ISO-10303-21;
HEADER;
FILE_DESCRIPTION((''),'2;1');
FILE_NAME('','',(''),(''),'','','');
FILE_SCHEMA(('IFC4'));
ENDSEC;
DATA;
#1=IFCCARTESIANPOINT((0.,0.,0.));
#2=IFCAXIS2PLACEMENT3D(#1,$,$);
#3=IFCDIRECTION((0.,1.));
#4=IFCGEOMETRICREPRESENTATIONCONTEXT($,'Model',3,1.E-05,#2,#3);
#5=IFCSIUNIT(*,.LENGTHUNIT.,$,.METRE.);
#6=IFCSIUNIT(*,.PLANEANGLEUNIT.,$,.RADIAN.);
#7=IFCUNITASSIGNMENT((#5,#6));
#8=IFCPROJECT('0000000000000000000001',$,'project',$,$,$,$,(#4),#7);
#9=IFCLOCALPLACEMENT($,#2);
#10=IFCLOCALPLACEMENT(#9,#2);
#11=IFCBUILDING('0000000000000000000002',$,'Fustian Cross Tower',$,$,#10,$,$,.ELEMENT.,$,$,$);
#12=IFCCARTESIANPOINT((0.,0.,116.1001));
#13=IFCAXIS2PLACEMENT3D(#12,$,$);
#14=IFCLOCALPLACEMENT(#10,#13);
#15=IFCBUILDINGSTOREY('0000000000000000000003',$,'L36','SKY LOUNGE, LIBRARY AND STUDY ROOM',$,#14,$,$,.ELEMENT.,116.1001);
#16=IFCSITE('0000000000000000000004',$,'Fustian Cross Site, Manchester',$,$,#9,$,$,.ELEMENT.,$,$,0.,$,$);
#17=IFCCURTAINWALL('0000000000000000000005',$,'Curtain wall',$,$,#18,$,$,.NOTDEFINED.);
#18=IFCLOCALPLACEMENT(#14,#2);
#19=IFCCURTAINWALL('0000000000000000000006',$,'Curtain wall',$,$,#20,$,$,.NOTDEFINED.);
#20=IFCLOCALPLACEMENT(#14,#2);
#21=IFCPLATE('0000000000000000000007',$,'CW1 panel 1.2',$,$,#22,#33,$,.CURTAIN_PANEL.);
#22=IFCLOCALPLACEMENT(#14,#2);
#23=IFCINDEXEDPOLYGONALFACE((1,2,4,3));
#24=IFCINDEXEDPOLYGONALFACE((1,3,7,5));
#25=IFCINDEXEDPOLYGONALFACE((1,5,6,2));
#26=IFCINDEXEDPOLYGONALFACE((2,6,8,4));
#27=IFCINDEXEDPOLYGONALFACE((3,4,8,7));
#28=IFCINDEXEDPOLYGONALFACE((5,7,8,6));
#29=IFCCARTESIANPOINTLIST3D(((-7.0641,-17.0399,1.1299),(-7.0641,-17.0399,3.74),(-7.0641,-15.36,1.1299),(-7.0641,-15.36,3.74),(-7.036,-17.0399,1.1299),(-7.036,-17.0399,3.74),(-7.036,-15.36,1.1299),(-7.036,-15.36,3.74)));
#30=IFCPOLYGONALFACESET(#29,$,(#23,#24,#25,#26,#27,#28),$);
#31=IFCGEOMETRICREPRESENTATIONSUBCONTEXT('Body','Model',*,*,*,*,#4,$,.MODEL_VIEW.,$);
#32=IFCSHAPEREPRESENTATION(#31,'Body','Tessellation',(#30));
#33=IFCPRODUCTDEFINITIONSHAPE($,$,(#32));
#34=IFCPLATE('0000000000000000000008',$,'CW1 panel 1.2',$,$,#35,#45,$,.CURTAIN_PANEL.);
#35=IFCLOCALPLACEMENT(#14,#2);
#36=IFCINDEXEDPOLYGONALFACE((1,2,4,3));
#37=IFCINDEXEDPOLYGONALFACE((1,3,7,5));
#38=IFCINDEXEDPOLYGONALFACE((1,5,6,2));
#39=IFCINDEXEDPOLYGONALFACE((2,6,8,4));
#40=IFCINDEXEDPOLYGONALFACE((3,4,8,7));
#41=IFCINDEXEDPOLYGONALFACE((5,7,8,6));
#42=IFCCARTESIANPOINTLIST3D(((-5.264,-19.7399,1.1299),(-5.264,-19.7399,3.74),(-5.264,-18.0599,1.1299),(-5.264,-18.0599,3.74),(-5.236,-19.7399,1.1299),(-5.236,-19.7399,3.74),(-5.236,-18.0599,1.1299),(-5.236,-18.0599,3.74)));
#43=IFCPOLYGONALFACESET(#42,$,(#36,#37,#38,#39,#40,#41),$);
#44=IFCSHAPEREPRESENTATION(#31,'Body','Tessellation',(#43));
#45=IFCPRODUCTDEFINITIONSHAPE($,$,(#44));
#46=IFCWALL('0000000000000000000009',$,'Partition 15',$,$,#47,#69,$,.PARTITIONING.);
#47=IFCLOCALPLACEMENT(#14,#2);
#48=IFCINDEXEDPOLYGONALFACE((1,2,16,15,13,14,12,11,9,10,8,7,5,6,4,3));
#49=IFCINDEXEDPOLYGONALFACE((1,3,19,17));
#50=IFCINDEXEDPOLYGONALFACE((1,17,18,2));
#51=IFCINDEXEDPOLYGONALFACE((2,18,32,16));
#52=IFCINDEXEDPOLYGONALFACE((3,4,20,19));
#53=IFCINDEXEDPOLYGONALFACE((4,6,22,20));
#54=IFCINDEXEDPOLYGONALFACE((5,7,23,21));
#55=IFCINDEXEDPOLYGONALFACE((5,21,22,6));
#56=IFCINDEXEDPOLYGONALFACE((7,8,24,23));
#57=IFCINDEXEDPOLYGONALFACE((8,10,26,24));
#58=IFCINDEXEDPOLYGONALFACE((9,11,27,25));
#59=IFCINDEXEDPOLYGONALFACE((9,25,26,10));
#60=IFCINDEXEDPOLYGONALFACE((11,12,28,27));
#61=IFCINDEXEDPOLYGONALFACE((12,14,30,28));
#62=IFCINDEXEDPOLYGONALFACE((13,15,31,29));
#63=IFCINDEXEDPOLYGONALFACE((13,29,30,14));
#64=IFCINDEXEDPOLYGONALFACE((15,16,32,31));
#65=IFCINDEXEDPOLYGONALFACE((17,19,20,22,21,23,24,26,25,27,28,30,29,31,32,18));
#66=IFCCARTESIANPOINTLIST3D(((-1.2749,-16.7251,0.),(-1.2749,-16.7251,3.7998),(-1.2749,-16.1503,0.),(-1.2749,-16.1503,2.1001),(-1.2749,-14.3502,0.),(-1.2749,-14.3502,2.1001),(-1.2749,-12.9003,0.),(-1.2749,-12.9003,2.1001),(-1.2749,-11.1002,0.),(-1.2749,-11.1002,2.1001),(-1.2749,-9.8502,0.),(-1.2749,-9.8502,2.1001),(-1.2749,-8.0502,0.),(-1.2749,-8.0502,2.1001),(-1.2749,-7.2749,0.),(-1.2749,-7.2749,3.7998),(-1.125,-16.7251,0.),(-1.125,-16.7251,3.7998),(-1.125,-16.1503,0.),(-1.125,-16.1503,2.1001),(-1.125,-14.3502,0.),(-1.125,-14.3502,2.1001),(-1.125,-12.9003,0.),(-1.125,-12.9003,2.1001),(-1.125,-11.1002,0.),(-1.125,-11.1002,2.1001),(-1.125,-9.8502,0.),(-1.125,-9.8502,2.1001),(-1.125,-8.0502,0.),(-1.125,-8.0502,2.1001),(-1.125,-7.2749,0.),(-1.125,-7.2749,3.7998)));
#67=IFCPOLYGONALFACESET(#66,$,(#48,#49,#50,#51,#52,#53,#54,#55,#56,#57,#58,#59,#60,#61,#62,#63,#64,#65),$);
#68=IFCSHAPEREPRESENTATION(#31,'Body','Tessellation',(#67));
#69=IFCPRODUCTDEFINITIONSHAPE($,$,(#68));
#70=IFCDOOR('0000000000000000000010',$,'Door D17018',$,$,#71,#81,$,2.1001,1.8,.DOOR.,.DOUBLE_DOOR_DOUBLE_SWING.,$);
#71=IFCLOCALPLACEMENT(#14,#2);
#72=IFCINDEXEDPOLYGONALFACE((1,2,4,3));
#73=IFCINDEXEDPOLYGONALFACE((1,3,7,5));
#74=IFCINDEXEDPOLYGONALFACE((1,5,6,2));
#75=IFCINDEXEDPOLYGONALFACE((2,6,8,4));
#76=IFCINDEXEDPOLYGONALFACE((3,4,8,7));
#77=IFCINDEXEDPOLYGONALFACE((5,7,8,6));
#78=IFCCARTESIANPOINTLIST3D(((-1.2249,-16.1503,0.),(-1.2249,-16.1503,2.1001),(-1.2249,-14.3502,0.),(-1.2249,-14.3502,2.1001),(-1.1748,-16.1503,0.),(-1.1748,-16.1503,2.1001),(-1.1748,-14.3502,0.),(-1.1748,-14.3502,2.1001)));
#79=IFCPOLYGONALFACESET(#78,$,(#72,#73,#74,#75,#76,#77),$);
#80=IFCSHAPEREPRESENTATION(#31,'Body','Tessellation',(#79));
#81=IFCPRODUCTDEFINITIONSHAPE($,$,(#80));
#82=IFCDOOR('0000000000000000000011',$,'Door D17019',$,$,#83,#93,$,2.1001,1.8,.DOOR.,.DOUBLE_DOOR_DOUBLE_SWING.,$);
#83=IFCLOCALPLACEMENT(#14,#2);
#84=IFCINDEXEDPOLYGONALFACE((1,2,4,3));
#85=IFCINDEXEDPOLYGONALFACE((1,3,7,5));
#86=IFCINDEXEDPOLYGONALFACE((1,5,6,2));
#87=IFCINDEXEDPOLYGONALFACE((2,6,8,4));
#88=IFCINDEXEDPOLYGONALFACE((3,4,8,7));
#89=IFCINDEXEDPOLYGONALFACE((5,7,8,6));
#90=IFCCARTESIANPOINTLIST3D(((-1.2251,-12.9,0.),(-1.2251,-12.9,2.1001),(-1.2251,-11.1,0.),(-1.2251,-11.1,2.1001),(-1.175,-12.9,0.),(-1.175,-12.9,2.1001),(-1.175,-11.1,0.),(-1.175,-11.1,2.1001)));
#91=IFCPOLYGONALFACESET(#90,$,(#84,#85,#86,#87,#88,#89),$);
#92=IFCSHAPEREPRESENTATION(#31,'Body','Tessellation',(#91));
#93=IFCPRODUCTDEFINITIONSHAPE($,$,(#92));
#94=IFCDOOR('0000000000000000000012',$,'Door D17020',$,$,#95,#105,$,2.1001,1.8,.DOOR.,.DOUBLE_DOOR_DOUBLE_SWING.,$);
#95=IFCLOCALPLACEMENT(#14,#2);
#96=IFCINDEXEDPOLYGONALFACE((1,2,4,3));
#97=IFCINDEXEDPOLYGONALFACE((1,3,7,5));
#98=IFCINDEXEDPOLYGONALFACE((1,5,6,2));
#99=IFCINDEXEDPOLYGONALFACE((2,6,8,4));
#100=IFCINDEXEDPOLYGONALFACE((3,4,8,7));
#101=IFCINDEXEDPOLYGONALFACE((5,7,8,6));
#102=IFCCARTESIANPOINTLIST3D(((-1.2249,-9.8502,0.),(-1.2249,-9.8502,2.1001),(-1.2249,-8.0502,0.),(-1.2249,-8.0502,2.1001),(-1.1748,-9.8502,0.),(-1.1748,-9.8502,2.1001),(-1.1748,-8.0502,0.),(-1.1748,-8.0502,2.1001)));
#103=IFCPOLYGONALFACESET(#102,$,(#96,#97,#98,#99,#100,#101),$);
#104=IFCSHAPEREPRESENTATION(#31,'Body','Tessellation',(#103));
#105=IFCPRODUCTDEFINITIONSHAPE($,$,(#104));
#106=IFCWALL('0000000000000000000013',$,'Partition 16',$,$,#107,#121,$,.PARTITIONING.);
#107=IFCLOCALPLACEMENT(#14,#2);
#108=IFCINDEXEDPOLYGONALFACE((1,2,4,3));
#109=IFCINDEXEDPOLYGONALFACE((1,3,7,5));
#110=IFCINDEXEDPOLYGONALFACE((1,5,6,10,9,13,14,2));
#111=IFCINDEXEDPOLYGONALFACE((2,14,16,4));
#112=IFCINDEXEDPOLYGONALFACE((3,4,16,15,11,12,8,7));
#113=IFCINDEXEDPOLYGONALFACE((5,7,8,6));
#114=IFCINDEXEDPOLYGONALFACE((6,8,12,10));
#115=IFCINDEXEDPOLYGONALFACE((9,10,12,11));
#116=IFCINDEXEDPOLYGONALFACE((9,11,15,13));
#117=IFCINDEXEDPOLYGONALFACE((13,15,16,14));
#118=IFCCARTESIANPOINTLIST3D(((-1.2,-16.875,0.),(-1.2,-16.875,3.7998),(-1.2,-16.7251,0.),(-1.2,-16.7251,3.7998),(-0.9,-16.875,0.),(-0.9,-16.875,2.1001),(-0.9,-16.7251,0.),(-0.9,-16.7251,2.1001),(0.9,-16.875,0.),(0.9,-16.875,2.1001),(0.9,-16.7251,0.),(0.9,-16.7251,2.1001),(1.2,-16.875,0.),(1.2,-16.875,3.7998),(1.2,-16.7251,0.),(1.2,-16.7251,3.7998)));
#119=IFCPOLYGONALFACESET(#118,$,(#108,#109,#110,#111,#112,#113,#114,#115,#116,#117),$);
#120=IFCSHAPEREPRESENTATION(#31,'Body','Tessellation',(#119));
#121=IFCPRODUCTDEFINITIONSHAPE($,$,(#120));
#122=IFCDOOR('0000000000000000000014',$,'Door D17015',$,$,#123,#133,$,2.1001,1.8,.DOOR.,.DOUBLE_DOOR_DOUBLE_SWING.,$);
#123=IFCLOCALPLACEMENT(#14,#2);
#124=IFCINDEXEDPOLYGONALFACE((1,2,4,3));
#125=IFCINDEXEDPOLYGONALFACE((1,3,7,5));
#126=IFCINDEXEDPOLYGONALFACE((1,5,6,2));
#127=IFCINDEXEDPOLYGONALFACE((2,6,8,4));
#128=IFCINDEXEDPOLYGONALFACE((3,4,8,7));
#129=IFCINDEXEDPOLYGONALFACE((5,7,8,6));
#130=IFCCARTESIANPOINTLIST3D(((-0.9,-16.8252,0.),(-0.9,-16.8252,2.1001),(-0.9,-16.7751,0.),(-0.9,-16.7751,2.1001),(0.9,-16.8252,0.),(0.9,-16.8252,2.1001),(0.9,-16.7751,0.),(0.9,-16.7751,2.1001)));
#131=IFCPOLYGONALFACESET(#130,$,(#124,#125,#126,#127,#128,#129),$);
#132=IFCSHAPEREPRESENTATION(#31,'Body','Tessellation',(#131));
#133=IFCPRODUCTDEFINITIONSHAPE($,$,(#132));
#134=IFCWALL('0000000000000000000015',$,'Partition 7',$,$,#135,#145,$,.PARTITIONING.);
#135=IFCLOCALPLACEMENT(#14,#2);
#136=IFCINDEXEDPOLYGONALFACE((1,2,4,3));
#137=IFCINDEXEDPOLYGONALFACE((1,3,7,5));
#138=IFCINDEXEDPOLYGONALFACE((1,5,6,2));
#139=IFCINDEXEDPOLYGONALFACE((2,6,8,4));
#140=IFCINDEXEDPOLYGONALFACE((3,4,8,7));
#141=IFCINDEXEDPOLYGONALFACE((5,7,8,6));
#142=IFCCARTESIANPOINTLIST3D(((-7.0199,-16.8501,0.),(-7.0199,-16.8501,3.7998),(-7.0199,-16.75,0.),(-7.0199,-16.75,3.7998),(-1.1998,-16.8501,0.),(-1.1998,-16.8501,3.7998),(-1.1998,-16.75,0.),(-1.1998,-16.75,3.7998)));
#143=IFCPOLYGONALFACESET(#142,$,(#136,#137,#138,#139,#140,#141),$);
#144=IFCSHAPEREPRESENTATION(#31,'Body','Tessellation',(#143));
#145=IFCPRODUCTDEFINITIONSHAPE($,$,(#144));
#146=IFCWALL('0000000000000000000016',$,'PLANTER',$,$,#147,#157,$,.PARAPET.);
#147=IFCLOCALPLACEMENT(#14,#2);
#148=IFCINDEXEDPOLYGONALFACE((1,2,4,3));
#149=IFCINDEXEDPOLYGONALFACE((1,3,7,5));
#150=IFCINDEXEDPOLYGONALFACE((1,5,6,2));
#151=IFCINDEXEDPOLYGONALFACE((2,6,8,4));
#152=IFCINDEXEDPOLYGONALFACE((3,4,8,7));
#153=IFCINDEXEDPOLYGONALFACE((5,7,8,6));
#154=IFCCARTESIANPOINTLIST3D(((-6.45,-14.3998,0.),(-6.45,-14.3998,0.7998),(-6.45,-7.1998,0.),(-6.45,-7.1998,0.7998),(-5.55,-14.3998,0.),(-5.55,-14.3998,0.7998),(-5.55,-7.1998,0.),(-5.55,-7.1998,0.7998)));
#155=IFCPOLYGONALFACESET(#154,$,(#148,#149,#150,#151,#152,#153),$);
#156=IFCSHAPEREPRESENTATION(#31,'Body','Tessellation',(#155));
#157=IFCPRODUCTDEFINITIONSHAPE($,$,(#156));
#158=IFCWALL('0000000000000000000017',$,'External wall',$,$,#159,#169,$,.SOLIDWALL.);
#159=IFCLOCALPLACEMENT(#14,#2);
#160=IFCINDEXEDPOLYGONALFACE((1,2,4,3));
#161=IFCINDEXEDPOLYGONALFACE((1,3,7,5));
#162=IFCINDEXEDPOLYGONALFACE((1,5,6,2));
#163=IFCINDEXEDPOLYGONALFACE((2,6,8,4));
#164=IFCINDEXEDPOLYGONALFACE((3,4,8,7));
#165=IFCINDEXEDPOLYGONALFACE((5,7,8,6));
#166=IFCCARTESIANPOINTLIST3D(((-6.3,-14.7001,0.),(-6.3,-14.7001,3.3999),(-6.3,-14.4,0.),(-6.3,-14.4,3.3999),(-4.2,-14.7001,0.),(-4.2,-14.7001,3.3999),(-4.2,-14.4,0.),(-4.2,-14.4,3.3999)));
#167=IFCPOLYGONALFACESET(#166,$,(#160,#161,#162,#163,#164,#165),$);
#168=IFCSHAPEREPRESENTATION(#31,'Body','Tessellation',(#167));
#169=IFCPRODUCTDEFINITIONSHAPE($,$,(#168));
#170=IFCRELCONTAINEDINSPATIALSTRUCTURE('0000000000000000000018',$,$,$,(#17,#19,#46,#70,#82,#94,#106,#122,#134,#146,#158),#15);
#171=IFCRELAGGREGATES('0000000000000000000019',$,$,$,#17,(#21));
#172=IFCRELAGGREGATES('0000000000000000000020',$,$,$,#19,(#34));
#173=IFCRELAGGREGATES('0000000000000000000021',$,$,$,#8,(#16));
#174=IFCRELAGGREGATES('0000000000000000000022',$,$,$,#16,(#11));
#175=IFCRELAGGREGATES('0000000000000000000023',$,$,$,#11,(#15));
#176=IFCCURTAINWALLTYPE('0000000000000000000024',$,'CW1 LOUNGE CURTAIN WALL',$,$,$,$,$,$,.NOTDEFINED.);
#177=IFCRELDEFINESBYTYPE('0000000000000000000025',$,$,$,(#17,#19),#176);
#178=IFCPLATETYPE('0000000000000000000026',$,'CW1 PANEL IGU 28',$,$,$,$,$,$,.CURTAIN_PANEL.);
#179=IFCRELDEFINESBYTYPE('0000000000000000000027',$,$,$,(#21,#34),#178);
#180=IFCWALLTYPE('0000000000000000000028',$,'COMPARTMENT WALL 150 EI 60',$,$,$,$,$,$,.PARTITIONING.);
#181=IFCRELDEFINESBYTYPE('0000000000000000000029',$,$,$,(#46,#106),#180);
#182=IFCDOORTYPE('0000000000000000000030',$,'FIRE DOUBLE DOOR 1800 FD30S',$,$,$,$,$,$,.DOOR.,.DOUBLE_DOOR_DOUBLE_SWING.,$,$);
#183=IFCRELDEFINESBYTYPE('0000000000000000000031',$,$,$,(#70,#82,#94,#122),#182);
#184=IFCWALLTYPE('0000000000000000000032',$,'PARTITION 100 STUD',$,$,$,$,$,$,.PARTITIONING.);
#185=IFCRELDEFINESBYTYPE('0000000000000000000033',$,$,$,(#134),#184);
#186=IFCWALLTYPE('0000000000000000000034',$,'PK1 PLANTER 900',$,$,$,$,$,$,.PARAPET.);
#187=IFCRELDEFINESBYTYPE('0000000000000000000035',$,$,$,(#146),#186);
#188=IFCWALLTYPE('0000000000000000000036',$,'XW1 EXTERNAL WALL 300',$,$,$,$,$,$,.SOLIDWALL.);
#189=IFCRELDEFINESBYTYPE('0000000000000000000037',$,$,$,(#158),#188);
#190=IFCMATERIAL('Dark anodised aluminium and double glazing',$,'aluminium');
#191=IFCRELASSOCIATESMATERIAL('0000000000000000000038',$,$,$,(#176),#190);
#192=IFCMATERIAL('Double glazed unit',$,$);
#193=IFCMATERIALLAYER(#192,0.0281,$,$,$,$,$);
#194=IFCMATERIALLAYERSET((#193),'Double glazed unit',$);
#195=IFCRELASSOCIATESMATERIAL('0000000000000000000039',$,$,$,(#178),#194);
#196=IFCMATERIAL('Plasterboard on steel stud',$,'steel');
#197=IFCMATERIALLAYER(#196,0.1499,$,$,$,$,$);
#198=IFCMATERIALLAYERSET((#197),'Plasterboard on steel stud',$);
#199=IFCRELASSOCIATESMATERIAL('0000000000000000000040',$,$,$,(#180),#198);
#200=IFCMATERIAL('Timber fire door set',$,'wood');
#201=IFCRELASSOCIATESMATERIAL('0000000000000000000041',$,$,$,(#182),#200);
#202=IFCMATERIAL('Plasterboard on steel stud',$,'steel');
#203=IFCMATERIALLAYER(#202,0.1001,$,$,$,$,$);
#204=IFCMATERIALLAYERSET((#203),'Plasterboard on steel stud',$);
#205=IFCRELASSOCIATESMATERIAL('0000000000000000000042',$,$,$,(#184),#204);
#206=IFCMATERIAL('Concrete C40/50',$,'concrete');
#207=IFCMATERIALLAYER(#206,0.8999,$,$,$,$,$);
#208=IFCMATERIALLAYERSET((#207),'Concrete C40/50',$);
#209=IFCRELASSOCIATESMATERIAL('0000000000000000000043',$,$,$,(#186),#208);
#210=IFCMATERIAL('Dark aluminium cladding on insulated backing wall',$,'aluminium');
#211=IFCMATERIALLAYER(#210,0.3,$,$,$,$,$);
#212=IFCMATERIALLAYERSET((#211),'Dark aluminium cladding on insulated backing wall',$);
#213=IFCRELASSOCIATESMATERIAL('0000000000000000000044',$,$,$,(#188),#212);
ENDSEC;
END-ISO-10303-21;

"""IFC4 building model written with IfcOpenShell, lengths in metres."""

from ifc_helpers import new_model, si_unit, direction, frame, frame_2d, origin, origin_2d, place, context, subcontext, project, spatial, rectangle, extrude, material, layer, layer_set, type_object, element, fill, aggregate, save


model = new_model("IFC4")

# Units and contexts
model_context = context("Model", 3, precision=1e-05, world=origin(), true_north=direction((0.0, 1.0)))
body_context = subcontext(model_context, "Body", "Model", "MODEL_VIEW")
ifc_project = project(units=[si_unit("LENGTHUNIT", "METRE"), si_unit("PLANEANGLEUNIT", "RADIAN")], contexts=[model_context])

# Site, building, storey
site_placement = place(None, origin())
site = spatial("IfcSite", under=ifc_project, at=site_placement, Name="Fustian Cross Site, Manchester", CompositionType="ELEMENT", RefElevation=0.0)
building_placement = place(site_placement, origin())
building = spatial("IfcBuilding", under=site, at=building_placement, Name="Fustian Cross Tower", CompositionType="ELEMENT")
storey_placement = place(building_placement, frame((0.0, 0.0, 116.1001)))
storey = spatial("IfcBuildingStorey", under=building, at=storey_placement, Name="L36", Description="SKY LOUNGE, LIBRARY AND STUDY ROOM", CompositionType="ELEMENT", Elevation=116.1001)

# Curtain walls
ifc_material_1 = material(Name="Dark anodised aluminium and double glazing", Category="aluminium")
curtain_wall_type = type_object("IfcCurtainWallType", Name="CW1 LOUNGE CURTAIN WALL", PredefinedType="NOTDEFINED", material=ifc_material_1)
curtain_wall_1_placement = place(storey_placement, origin())
curtain_wall_1 = element("IfcCurtainWall", 1, at=curtain_wall_1_placement, inside=storey, type_object=curtain_wall_type, Name="Curtain wall", PredefinedType="NOTDEFINED")
curtain_wall_2_placement = place(storey_placement, origin())
curtain_wall_2 = element("IfcCurtainWall", 2, at=curtain_wall_2_placement, inside=storey, type_object=curtain_wall_type, Name="Curtain wall", PredefinedType="NOTDEFINED")

# Plates
ifc_material_2 = material(Name="Double glazed unit")
ifc_layer_1 = layer(ifc_material_2, 0.0281)
ifc_layer_set_1 = layer_set([ifc_layer_1], Name="Double glazed unit")
plate_type = type_object("IfcPlateType", Name="CW1 PANEL IGU 28", PredefinedType="CURTAIN_PANEL", material=ifc_layer_set_1)
plate_1_placement = place(storey_placement, frame((-7.05, -16.2, 1.1299), z_axis=(0.0, 0.0, 1.0), x_axis=(0.0, -1.0, 0.0)))
plate_1 = element("IfcPlate", 3, at=plate_1_placement, type_object=plate_type, Name="CW1 panel 1.2", PredefinedType="CURTAIN_PANEL", context=body_context, shape_type="SweptSolid", body=[
    extrude(rectangle(XDim=1.6799, YDim=0.0281, at=origin_2d()), origin(), (0.0, 0.0, 1.0), 2.6101),
])
aggregate(curtain_wall_1, [plate_1])
plate_2_placement = place(storey_placement, frame((-5.25, -18.8999, 1.1299), z_axis=(0.0, 0.0, 1.0), x_axis=(0.0, -1.0, 0.0)))
plate_2 = element("IfcPlate", 4, at=plate_2_placement, type_object=plate_type, Name="CW1 panel 1.2", PredefinedType="CURTAIN_PANEL", context=body_context, shape_type="SweptSolid", body=[
    extrude(rectangle(XDim=1.6799, YDim=0.0281, at=origin_2d()), origin(), (0.0, 0.0, 1.0), 2.6101),
])
aggregate(curtain_wall_2, [plate_2])

# Wall, openings, doors
ifc_material_3 = material(Name="Plasterboard on steel stud", Category="steel")
ifc_layer_2 = layer(ifc_material_3, 0.1499)
ifc_layer_set_2 = layer_set([ifc_layer_2], Name="Plasterboard on steel stud")
wall_type_1 = type_object("IfcWallType", Name="COMPARTMENT WALL 150 EI 60", PredefinedType="PARTITIONING", material=ifc_layer_set_2)
wall_1_placement = place(storey_placement, frame((-1.2, -16.7251, 0.0), z_axis=(0.0, 0.0, 1.0), x_axis=(0.0, 1.0, 0.0)))
wall_1 = element("IfcWall", 5, at=wall_1_placement, inside=storey, type_object=wall_type_1, Name="Partition 15", PredefinedType="PARTITIONING", context=body_context, shape_type="SweptSolid", body=[
    extrude(rectangle(XDim=9.4502, YDim=0.1499, at=frame_2d((4.7251, 0.0))), origin(), (0.0, 0.0, 1.0), 3.7998),
])
opening_1_placement = place(wall_1_placement, frame((0.575, 0.0, 0.0)))
opening_1 = element("IfcOpeningElement", 6, at=opening_1_placement, cuts=wall_1, PredefinedType="OPENING", context=body_context, shape_type="SweptSolid", body=[
    extrude(rectangle(XDim=1.8, YDim=2.1001, at=frame_2d((0.8999, 1.05))), frame((0.0, 0.085, 0.0), z_axis=(0.0, -1.0, 0.0), x_axis=(1.0, 0.0, 0.0)), (0.0, 0.0, 1.0), 0.1699),
])
opening_2_placement = place(wall_1_placement, frame((3.825, 0.0, 0.0)))
opening_2 = element("IfcOpeningElement", 7, at=opening_2_placement, cuts=wall_1, PredefinedType="OPENING", context=body_context, shape_type="SweptSolid", body=[
    extrude(rectangle(XDim=1.8, YDim=2.1001, at=frame_2d((0.8999, 1.05))), frame((0.0, 0.085, 0.0), z_axis=(0.0, -1.0, 0.0), x_axis=(1.0, 0.0, 0.0)), (0.0, 0.0, 1.0), 0.1699),
])
opening_3_placement = place(wall_1_placement, frame((6.875, 0.0, 0.0)))
opening_3 = element("IfcOpeningElement", 8, at=opening_3_placement, cuts=wall_1, PredefinedType="OPENING", context=body_context, shape_type="SweptSolid", body=[
    extrude(rectangle(XDim=1.8, YDim=2.1001, at=frame_2d((0.8999, 1.05))), frame((0.0, 0.085, 0.0), z_axis=(0.0, -1.0, 0.0), x_axis=(1.0, 0.0, 0.0)), (0.0, 0.0, 1.0), 0.1699),
])
ifc_material_4 = material(Name="Timber fire door set", Category="wood")
door_type = type_object("IfcDoorType", Name="FIRE DOUBLE DOOR 1800 FD30S", OperationType="DOUBLE_DOOR_DOUBLE_SWING", PredefinedType="DOOR", material=ifc_material_4)
door_1_placement = place(opening_1_placement, origin())
door_1 = element("IfcDoor", 9, at=door_1_placement, inside=storey, type_object=door_type, Name="Door D17018", OperationType="DOUBLE_DOOR_DOUBLE_SWING", OverallHeight=2.1001, OverallWidth=1.8, PredefinedType="DOOR", context=body_context, shape_type="SweptSolid", body=[
    extrude(rectangle(XDim=1.8, YDim=2.1001, at=frame_2d((0.8999, 1.05))), frame((0.0, 0.0249, 0.0), z_axis=(0.0, -1.0, 0.0), x_axis=(1.0, 0.0, 0.0)), (0.0, 0.0, 1.0), 0.05),
])
fill(opening_1, door_1)
door_2_placement = place(opening_2_placement, frame((1.8, 0.0, 0.0), z_axis=(0.0, 0.0, 1.0), x_axis=(-1.0, 0.0, 0.0)))
door_2 = element("IfcDoor", 10, at=door_2_placement, inside=storey, type_object=door_type, Name="Door D17019", OperationType="DOUBLE_DOOR_DOUBLE_SWING", OverallHeight=2.1001, OverallWidth=1.8, PredefinedType="DOOR", context=body_context, shape_type="SweptSolid", body=[
    extrude(rectangle(XDim=1.8, YDim=2.1001, at=frame_2d((0.8999, 1.05))), frame((0.0, 0.0249, 0.0), z_axis=(0.0, -1.0, 0.0), x_axis=(1.0, 0.0, 0.0)), (0.0, 0.0, 1.0), 0.05),
])
fill(opening_2, door_2)
door_3_placement = place(opening_3_placement, origin())
door_3 = element("IfcDoor", 11, at=door_3_placement, inside=storey, type_object=door_type, Name="Door D17020", OperationType="DOUBLE_DOOR_DOUBLE_SWING", OverallHeight=2.1001, OverallWidth=1.8, PredefinedType="DOOR", context=body_context, shape_type="SweptSolid", body=[
    extrude(rectangle(XDim=1.8, YDim=2.1001, at=frame_2d((0.8999, 1.05))), frame((0.0, 0.0249, 0.0), z_axis=(0.0, -1.0, 0.0), x_axis=(1.0, 0.0, 0.0)), (0.0, 0.0, 1.0), 0.05),
])
fill(opening_3, door_3)

# Wall, opening, door
wall_2_placement = place(storey_placement, frame((-1.2, -16.8, 0.0), z_axis=(0.0, 0.0, 1.0), x_axis=(1.0, 0.0, 0.0)))
wall_2 = element("IfcWall", 12, at=wall_2_placement, inside=storey, type_object=wall_type_1, Name="Partition 16", PredefinedType="PARTITIONING", context=body_context, shape_type="SweptSolid", body=[
    extrude(rectangle(XDim=2.3999, YDim=0.1499, at=frame_2d((1.2, 0.0))), origin(), (0.0, 0.0, 1.0), 3.7998),
])
opening_4_placement = place(wall_2_placement, frame((0.3, 0.0, 0.0)))
opening_4 = element("IfcOpeningElement", 13, at=opening_4_placement, cuts=wall_2, PredefinedType="OPENING", context=body_context, shape_type="SweptSolid", body=[
    extrude(rectangle(XDim=1.8, YDim=2.1001, at=frame_2d((0.8999, 1.05))), frame((0.0, 0.085, 0.0), z_axis=(0.0, -1.0, 0.0), x_axis=(1.0, 0.0, 0.0)), (0.0, 0.0, 1.0), 0.1699),
])
door_4_placement = place(opening_4_placement, origin())
door_4 = element("IfcDoor", 14, at=door_4_placement, inside=storey, type_object=door_type, Name="Door D17015", OperationType="DOUBLE_DOOR_DOUBLE_SWING", OverallHeight=2.1001, OverallWidth=1.8, PredefinedType="DOOR", context=body_context, shape_type="SweptSolid", body=[
    extrude(rectangle(XDim=1.8, YDim=2.1001, at=frame_2d((0.8999, 1.05))), frame((0.0, 0.0249, 0.0), z_axis=(0.0, -1.0, 0.0), x_axis=(1.0, 0.0, 0.0)), (0.0, 0.0, 1.0), 0.05),
])
fill(opening_4, door_4)

# Walls
ifc_material_5 = material(Name="Plasterboard on steel stud", Category="steel")
ifc_layer_3 = layer(ifc_material_5, 0.1001)
ifc_layer_set_3 = layer_set([ifc_layer_3], Name="Plasterboard on steel stud")
wall_type_2 = type_object("IfcWallType", Name="PARTITION 100 STUD", PredefinedType="PARTITIONING", material=ifc_layer_set_3)
wall_3_placement = place(storey_placement, frame((-7.02, -16.8, 0.0), z_axis=(0.0, 0.0, 1.0), x_axis=(1.0, 0.0, 0.0)))
element("IfcWall", 15, at=wall_3_placement, inside=storey, type_object=wall_type_2, Name="Partition 7", PredefinedType="PARTITIONING", context=body_context, shape_type="SweptSolid", body=[
    extrude(rectangle(XDim=5.8201, YDim=0.1001, at=frame_2d((2.9102, 0.0))), origin(), (0.0, 0.0, 1.0), 3.7998),
])
ifc_material_6 = material(Name="Concrete C40/50", Category="concrete")
ifc_layer_4 = layer(ifc_material_6, 0.8999)
ifc_layer_set_4 = layer_set([ifc_layer_4], Name="Concrete C40/50")
wall_type_3 = type_object("IfcWallType", Name="PK1 PLANTER 900", PredefinedType="PARAPET", material=ifc_layer_set_4)
wall_4_placement = place(storey_placement, frame((-6.0, -14.3999, 0.0), z_axis=(0.0, 0.0, 1.0), x_axis=(0.0, 1.0, 0.0)))
element("IfcWall", 16, at=wall_4_placement, inside=storey, type_object=wall_type_3, Name="PLANTER", PredefinedType="PARAPET", context=body_context, shape_type="SweptSolid", body=[
    extrude(rectangle(XDim=7.2, YDim=0.8999, at=frame_2d((3.6001, 0.0))), origin(), (0.0, 0.0, 1.0), 0.7998),
])
ifc_material_7 = material(Name="Dark aluminium cladding on insulated backing wall", Category="aluminium")
ifc_layer_5 = layer(ifc_material_7, 0.3)
ifc_layer_set_5 = layer_set([ifc_layer_5], Name="Dark aluminium cladding on insulated backing wall")
wall_type_4 = type_object("IfcWallType", Name="XW1 EXTERNAL WALL 300", PredefinedType="SOLIDWALL", material=ifc_layer_set_5)
wall_5_placement = place(storey_placement, frame((-4.2, -14.55, 0.0), z_axis=(0.0, 0.0, 1.0), x_axis=(-1.0, 0.0, 0.0)))
element("IfcWall", 17, at=wall_5_placement, inside=storey, type_object=wall_type_4, Name="External wall", PredefinedType="SOLIDWALL", context=body_context, shape_type="SweptSolid", body=[
    extrude(rectangle(XDim=2.1001, YDim=0.3, at=frame_2d((1.05, 0.0))), origin(), (0.0, 0.0, 1.0), 3.3999),
])

save(model, "model.ifc")
